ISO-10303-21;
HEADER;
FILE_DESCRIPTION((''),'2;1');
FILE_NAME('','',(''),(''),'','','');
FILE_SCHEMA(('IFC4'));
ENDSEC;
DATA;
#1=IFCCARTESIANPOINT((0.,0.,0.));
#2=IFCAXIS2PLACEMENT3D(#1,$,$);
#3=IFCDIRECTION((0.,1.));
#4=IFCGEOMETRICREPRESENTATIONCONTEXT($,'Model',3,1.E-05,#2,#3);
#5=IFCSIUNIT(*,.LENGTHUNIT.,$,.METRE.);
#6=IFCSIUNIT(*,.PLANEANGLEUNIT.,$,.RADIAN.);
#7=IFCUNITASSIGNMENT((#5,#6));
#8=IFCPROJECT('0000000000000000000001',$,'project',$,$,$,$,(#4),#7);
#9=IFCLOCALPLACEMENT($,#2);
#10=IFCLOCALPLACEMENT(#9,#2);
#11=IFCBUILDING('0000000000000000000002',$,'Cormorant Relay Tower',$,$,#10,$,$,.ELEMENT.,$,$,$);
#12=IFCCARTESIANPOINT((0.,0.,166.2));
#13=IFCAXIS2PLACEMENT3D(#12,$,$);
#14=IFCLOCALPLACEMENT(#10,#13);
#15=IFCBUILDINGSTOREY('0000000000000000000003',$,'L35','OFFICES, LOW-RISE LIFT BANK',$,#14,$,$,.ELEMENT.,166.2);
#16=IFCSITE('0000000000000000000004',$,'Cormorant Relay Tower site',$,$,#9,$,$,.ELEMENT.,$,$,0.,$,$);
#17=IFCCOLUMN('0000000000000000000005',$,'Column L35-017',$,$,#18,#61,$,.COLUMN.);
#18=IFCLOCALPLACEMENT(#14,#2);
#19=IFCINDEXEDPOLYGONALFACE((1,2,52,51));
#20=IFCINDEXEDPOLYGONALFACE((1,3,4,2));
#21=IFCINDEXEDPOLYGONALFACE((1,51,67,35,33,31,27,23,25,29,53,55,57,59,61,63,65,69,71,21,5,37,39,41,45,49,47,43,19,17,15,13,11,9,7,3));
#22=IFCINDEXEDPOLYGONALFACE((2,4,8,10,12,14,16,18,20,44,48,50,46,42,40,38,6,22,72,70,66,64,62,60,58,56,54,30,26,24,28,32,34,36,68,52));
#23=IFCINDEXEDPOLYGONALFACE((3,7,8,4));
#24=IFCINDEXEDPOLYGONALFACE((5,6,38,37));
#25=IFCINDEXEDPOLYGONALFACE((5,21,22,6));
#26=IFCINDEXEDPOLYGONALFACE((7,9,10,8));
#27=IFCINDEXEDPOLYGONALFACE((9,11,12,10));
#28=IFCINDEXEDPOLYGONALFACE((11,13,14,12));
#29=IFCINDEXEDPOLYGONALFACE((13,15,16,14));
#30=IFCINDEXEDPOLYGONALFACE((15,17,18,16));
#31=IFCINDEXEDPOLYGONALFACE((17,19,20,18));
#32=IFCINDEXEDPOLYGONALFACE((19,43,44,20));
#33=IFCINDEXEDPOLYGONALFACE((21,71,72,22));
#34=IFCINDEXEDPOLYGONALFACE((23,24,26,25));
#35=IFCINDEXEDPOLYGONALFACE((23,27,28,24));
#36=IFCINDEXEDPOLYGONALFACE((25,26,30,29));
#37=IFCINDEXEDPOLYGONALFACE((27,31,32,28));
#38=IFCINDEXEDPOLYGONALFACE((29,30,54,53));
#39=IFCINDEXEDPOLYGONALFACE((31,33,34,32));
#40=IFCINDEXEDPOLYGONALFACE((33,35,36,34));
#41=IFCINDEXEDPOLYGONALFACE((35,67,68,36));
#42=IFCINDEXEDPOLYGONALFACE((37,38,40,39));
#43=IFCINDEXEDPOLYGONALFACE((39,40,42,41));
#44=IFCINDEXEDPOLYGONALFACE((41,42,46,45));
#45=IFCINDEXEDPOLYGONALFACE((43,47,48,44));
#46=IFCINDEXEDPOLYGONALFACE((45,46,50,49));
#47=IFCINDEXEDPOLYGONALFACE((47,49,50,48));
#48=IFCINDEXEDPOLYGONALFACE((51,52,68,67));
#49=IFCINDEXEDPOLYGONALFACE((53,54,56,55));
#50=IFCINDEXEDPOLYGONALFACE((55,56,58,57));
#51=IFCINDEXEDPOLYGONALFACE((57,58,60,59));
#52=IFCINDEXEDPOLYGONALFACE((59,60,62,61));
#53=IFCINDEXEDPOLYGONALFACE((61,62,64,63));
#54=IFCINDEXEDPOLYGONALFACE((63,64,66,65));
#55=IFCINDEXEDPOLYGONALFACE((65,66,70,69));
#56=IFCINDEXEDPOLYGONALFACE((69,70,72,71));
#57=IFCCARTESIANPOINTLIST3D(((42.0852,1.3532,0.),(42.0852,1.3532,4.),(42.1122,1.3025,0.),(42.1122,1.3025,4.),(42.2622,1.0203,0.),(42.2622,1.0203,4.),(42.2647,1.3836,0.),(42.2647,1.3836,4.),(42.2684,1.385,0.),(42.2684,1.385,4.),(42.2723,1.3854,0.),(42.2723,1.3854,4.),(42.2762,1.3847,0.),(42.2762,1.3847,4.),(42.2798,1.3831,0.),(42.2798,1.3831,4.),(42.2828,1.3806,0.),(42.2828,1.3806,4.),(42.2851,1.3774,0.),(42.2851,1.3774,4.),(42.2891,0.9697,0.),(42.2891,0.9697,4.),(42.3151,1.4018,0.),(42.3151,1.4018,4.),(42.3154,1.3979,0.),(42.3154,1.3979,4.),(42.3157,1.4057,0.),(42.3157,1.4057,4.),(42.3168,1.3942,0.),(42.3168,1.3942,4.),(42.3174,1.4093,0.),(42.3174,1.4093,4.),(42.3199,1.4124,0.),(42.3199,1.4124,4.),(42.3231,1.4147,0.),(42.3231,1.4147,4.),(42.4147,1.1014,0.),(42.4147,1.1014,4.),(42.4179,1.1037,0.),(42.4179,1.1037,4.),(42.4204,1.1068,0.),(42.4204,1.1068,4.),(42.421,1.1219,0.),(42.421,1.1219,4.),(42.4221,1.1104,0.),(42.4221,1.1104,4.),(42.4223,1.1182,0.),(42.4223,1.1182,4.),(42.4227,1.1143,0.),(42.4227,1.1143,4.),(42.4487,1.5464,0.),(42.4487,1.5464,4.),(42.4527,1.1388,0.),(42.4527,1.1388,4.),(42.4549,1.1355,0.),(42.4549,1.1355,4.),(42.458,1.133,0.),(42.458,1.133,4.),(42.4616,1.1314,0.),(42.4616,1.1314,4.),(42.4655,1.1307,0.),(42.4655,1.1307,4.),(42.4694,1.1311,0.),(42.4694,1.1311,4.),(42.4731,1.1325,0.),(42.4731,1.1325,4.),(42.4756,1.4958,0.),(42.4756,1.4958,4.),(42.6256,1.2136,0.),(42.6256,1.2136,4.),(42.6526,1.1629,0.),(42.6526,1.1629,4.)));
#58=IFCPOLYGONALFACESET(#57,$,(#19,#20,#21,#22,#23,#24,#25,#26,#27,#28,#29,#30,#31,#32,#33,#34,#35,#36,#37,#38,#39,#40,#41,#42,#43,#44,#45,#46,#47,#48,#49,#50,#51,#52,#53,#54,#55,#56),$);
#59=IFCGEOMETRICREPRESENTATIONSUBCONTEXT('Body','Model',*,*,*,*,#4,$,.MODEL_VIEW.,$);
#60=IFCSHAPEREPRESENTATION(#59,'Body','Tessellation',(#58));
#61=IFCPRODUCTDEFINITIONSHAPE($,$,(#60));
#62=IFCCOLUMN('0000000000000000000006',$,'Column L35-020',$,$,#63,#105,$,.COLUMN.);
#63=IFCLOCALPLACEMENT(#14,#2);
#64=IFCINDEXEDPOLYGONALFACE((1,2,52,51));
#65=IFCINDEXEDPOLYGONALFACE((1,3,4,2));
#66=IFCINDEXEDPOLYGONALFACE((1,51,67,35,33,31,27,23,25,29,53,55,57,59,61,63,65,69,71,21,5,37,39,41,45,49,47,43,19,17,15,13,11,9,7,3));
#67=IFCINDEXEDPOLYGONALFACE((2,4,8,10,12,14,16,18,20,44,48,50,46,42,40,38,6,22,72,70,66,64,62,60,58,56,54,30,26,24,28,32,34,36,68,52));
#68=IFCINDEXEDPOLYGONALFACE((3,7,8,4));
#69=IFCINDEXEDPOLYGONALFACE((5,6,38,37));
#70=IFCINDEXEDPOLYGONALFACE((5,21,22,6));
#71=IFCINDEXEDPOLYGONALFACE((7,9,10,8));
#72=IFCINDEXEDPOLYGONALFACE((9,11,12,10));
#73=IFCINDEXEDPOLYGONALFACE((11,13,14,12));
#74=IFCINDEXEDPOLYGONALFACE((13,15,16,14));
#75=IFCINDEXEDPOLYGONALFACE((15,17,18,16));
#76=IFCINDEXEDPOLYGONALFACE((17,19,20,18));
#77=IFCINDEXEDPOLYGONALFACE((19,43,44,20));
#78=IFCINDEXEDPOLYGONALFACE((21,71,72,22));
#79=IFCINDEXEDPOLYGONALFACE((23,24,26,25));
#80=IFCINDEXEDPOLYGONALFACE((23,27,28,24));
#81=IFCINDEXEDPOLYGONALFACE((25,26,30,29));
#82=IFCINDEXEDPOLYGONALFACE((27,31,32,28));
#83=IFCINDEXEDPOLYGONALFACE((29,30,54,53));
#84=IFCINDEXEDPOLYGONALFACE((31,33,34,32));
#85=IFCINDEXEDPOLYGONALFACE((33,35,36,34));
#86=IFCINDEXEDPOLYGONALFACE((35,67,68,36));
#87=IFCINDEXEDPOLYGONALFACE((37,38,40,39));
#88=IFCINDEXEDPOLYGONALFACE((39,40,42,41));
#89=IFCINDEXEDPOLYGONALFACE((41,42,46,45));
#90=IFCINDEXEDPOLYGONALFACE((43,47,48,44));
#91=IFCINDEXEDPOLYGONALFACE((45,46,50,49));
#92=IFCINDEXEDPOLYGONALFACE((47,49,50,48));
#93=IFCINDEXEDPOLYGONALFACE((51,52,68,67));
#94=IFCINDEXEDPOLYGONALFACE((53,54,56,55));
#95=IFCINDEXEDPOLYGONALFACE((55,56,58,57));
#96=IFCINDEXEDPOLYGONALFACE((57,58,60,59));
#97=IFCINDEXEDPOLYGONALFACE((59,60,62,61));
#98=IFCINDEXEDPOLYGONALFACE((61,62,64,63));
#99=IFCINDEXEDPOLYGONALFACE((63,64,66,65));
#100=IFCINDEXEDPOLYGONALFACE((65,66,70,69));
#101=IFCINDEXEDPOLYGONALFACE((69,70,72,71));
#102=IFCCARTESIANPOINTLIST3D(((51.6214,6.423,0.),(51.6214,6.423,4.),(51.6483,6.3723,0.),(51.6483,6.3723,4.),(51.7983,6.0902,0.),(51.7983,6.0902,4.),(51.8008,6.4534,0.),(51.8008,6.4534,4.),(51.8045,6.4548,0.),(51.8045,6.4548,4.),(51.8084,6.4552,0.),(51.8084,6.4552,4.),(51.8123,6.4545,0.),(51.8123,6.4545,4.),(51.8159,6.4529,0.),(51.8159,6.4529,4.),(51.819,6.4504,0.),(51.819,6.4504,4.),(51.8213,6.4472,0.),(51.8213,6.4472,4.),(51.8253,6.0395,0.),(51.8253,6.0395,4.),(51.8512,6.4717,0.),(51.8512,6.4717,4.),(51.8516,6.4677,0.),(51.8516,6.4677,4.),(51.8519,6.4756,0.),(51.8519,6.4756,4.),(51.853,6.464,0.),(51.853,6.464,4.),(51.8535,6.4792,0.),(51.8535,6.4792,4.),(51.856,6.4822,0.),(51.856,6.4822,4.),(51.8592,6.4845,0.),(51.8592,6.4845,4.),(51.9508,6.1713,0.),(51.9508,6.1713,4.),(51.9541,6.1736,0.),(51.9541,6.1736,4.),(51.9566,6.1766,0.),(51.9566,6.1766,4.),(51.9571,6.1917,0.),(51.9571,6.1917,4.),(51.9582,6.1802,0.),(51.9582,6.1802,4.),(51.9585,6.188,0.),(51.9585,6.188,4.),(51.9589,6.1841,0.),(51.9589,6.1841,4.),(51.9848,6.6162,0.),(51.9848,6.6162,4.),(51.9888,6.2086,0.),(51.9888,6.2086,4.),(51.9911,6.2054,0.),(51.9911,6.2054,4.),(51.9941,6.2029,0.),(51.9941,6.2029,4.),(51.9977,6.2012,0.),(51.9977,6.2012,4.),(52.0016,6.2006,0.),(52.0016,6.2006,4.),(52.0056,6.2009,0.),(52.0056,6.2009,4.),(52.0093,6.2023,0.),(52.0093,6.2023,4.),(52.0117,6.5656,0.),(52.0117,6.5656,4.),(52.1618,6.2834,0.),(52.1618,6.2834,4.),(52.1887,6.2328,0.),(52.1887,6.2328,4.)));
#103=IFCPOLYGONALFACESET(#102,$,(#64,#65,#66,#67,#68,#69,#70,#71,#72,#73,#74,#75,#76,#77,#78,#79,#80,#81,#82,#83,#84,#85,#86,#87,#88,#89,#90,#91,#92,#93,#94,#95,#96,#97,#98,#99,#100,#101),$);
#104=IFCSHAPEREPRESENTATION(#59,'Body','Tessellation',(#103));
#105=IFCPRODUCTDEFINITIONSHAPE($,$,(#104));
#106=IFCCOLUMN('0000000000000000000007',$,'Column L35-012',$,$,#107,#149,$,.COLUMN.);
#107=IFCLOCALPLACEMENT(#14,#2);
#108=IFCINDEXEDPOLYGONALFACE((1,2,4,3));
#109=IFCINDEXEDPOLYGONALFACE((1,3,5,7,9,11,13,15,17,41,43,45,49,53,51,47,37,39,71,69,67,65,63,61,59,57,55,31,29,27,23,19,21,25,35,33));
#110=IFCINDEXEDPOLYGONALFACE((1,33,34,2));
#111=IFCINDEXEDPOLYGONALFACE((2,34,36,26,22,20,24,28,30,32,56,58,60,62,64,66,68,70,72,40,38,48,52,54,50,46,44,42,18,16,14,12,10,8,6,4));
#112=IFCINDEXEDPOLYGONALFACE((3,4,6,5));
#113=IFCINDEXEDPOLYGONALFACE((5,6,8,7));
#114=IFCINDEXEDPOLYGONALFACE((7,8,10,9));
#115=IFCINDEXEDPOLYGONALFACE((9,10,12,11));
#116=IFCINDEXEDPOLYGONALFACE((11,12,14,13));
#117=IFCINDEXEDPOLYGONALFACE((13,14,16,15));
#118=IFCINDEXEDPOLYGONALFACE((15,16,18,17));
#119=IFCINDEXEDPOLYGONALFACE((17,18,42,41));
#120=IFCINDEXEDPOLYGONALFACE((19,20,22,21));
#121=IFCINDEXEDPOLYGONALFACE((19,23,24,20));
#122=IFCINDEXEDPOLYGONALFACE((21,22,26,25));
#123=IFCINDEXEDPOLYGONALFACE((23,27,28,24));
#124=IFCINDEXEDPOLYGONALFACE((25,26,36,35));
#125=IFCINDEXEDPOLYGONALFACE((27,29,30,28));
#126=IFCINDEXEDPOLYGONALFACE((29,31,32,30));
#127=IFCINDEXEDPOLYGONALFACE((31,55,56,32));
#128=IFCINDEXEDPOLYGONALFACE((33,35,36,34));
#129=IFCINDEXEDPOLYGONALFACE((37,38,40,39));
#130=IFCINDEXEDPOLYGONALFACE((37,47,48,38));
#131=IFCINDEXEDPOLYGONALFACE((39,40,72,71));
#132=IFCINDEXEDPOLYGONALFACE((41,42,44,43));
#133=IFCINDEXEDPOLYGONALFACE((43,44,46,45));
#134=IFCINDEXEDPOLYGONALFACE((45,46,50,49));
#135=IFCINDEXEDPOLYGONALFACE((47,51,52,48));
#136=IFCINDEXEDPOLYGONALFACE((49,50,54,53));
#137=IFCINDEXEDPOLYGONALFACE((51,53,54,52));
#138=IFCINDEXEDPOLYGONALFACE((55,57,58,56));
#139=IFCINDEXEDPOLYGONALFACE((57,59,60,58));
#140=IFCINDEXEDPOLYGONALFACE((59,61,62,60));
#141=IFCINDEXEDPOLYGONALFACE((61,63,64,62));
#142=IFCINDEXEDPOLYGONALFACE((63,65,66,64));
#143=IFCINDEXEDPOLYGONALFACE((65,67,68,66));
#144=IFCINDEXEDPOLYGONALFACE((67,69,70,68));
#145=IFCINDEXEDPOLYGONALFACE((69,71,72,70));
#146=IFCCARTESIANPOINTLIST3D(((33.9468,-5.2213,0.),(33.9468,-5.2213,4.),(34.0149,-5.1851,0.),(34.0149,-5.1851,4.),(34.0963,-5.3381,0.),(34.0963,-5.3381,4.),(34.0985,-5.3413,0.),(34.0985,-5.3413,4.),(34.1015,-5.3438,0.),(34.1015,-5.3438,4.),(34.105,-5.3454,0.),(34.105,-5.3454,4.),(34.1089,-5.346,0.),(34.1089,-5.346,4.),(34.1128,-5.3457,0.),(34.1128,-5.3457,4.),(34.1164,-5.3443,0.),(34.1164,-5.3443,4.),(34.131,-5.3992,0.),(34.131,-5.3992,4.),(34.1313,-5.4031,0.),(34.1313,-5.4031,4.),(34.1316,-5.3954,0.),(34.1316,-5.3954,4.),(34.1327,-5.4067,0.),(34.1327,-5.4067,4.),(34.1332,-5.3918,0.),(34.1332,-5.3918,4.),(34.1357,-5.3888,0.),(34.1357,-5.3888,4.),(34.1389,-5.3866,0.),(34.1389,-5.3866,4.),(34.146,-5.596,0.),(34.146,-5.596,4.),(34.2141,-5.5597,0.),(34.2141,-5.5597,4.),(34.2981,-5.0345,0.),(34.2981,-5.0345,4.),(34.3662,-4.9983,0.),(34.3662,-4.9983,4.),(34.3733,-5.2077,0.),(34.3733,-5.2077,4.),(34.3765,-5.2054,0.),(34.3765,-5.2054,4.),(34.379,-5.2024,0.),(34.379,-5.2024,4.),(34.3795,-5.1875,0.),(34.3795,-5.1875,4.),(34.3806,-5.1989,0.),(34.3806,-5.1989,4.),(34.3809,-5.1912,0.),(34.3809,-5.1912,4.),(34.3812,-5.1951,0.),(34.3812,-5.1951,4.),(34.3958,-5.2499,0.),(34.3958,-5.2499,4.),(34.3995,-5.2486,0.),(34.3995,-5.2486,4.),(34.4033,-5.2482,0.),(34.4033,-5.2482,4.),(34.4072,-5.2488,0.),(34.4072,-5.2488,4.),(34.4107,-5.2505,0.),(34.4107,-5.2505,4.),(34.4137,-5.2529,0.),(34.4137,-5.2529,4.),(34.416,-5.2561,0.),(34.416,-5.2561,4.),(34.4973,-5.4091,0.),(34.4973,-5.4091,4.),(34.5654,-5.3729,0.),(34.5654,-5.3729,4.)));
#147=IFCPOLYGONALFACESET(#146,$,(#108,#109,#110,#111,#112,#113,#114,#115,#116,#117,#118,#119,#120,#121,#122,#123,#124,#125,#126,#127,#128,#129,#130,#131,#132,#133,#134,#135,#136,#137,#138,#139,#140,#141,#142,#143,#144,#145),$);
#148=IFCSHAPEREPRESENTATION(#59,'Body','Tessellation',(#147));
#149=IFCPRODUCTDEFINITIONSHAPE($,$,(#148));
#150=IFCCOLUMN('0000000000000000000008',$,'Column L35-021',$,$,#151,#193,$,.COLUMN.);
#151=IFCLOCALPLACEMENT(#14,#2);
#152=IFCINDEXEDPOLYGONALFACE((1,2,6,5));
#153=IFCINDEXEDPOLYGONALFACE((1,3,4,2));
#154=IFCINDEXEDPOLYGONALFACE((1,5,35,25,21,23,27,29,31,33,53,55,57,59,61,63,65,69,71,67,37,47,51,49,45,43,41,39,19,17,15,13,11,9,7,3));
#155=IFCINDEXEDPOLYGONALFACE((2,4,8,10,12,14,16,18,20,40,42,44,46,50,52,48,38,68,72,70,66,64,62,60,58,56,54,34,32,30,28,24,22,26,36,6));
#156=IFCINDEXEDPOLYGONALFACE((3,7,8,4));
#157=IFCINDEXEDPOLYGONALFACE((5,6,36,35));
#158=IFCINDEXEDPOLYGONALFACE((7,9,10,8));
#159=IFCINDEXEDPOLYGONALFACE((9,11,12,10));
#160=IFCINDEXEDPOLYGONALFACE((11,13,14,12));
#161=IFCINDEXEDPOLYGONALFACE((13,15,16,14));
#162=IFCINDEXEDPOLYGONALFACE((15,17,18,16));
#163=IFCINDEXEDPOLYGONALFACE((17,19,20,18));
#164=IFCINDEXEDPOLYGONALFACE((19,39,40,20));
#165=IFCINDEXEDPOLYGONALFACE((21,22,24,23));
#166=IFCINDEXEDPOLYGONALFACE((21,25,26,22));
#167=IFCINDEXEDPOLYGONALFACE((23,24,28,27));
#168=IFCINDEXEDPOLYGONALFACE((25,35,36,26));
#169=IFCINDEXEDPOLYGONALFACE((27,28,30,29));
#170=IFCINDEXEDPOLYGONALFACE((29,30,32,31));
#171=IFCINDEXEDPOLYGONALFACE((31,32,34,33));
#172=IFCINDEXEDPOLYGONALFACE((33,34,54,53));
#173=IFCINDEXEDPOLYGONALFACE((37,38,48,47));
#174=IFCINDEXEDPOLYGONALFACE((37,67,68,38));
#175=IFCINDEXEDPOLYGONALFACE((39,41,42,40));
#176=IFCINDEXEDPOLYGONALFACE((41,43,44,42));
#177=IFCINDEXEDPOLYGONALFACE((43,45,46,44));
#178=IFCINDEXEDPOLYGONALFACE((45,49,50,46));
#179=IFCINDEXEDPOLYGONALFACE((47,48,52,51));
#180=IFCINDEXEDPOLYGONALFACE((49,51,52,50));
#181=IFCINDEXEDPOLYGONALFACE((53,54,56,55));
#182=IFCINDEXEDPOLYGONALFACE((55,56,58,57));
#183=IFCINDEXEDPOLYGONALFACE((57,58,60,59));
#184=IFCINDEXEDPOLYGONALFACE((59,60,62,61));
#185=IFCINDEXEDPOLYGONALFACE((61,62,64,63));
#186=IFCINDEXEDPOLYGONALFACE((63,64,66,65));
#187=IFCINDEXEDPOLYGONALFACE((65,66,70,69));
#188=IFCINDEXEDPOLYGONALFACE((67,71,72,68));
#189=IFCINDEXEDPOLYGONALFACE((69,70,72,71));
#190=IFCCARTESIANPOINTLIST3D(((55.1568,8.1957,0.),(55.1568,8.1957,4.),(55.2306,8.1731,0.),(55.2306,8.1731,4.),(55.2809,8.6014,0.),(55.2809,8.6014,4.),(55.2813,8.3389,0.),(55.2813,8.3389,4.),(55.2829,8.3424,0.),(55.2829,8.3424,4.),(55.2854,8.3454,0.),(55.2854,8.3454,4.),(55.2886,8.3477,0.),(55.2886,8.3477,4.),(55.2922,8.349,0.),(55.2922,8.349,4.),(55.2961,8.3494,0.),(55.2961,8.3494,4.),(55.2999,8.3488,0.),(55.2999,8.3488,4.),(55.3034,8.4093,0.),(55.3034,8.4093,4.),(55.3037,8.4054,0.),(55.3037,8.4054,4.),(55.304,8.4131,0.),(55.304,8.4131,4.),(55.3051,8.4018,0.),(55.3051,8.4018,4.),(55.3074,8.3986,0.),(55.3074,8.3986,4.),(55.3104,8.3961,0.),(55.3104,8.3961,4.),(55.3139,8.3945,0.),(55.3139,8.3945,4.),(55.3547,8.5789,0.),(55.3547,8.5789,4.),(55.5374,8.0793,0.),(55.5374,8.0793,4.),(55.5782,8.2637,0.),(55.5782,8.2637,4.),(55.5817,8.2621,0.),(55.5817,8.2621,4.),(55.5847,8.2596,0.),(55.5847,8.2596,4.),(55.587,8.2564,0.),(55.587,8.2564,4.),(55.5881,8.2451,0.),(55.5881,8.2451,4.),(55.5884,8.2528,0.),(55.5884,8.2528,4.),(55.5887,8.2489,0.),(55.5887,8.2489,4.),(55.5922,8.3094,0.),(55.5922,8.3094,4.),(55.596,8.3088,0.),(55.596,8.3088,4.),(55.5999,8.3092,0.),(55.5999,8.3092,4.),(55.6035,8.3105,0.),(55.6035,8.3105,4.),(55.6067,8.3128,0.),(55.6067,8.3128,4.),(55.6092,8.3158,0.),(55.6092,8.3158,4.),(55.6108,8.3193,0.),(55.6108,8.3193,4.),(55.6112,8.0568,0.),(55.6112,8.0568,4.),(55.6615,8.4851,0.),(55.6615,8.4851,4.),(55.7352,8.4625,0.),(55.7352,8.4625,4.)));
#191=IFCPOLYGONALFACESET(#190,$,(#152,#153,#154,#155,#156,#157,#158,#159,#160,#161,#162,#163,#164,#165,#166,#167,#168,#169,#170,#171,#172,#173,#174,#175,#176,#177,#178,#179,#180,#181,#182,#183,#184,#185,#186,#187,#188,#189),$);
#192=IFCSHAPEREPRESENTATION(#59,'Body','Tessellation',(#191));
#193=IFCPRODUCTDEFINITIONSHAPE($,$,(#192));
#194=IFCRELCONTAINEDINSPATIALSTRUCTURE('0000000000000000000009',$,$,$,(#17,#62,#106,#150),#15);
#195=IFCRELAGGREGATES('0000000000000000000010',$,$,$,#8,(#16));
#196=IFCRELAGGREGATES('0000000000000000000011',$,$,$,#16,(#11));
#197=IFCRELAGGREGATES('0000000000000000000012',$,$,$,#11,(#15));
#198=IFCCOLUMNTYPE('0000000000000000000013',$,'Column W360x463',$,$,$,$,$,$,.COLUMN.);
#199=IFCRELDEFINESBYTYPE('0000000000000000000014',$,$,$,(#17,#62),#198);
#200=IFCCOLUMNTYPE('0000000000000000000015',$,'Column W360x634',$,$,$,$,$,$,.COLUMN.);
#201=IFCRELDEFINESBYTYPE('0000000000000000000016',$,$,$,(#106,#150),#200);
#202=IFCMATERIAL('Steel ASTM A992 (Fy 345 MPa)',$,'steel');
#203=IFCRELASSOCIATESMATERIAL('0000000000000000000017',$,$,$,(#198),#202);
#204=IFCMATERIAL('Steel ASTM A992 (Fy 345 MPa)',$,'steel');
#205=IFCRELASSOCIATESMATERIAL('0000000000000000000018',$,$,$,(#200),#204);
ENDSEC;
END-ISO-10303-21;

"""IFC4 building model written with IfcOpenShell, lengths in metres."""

from ifc_helpers import new_model, si_unit, direction, frame, origin, origin_2d, place, context, subcontext, project, spatial, i_section, extrude, material, material_profile, profile_set, type_object, element, save


model = new_model("IFC4")

# Units and contexts
model_context = context("Model", 3, precision=1e-05, world=origin(), true_north=direction((0.0, 1.0)))
body_context = subcontext(model_context, "Body", "Model", "MODEL_VIEW")
ifc_project = project(units=[si_unit("LENGTHUNIT", "METRE"), si_unit("PLANEANGLEUNIT", "RADIAN")], contexts=[model_context])

# Site, building, storey
site_placement = place(None, origin())
site = spatial("IfcSite", under=ifc_project, at=site_placement, Name="Cormorant Relay Tower site", CompositionType="ELEMENT", RefElevation=0.0)
building_placement = place(site_placement, origin())
building = spatial("IfcBuilding", under=site, at=building_placement, Name="Cormorant Relay Tower", CompositionType="ELEMENT")
storey_placement = place(building_placement, frame((0.0, 0.0, 166.2)))
storey = spatial("IfcBuildingStorey", under=building, at=storey_placement, Name="L35", Description="OFFICES, LOW-RISE LIFT BANK", CompositionType="ELEMENT", Elevation=166.2)

# Columns
ifc_material_1 = material(Name="Steel ASTM A992 (Fy 345 MPa)", Category="steel")
ifc_material_profile_1 = material_profile(ifc_material_1, i_section(OverallWidth=0.4116, OverallDepth=0.4343, WebThickness=0.0359, FlangeThickness=0.0574, FilletRadius=0.0151, at=origin_2d()), Name="W360x463")
ifc_profile_set_1 = profile_set([ifc_material_profile_1], Name="Steel ASTM A992 (Fy 345 MPa)")
column_type_1 = type_object("IfcColumnType", Name="Column W360x463", PredefinedType="COLUMN", material=ifc_profile_set_1)
for number, where, z_axis, x_axis, name in (
    (1, (42.3689, 1.2581, 0.0), (0.0, 0.0, 1.0), (0.882948, 0.469472, 0.0), "Column L35-017"),
    (2, (51.905, 6.3279, 0.0), (0.0, 0.0, 1.0), (0.882948, 0.469472, 0.0), "Column L35-020"),
):
    element("IfcColumn", number, at=place(storey_placement, frame(where, z_axis=z_axis, x_axis=x_axis)), inside=storey, type_object=column_type_1, Name=name, PredefinedType="COLUMN", context=body_context, shape_type="SweptSolid", body=[
        extrude(i_section(OverallWidth=0.4116, OverallDepth=0.4343, WebThickness=0.0359, FlangeThickness=0.0574, FilletRadius=0.0151, at=origin_2d()), origin(), (0.0, 0.0, 1.0), 4.0),
    ])
ifc_material_2 = material(Name="Steel ASTM A992 (Fy 345 MPa)", Category="steel")
ifc_material_profile_2 = material_profile(ifc_material_2, i_section(OverallWidth=0.4243, OverallDepth=0.4751, WebThickness=0.0479, FlangeThickness=0.0771, FilletRadius=0.0149, at=origin_2d()), Name="W360x634")
ifc_profile_set_2 = profile_set([ifc_material_profile_2], Name="Steel ASTM A992 (Fy 345 MPa)")
column_type_2 = type_object("IfcColumnType", Name="Column W360x634", PredefinedType="COLUMN", material=ifc_profile_set_2)
for number, where, z_axis, x_axis, name in (
    (3, (34.2561, -5.2971, 0.0), (0.0, 0.0, 1.0), (-0.469472, 0.882948, 0.0), "Column L35-012"),
    (4, (55.446, 8.3291, 0.0), (0.0, 0.0, 1.0), (0.292372, 0.956305, 0.0), "Column L35-021"),
):
    element("IfcColumn", number, at=place(storey_placement, frame(where, z_axis=z_axis, x_axis=x_axis)), inside=storey, type_object=column_type_2, Name=name, PredefinedType="COLUMN", context=body_context, shape_type="SweptSolid", body=[
        extrude(i_section(OverallWidth=0.4243, OverallDepth=0.4751, WebThickness=0.0479, FlangeThickness=0.0771, FilletRadius=0.0149, at=origin_2d()), origin(), (0.0, 0.0, 1.0), 4.0),
    ])

save(model, "model.ifc")
